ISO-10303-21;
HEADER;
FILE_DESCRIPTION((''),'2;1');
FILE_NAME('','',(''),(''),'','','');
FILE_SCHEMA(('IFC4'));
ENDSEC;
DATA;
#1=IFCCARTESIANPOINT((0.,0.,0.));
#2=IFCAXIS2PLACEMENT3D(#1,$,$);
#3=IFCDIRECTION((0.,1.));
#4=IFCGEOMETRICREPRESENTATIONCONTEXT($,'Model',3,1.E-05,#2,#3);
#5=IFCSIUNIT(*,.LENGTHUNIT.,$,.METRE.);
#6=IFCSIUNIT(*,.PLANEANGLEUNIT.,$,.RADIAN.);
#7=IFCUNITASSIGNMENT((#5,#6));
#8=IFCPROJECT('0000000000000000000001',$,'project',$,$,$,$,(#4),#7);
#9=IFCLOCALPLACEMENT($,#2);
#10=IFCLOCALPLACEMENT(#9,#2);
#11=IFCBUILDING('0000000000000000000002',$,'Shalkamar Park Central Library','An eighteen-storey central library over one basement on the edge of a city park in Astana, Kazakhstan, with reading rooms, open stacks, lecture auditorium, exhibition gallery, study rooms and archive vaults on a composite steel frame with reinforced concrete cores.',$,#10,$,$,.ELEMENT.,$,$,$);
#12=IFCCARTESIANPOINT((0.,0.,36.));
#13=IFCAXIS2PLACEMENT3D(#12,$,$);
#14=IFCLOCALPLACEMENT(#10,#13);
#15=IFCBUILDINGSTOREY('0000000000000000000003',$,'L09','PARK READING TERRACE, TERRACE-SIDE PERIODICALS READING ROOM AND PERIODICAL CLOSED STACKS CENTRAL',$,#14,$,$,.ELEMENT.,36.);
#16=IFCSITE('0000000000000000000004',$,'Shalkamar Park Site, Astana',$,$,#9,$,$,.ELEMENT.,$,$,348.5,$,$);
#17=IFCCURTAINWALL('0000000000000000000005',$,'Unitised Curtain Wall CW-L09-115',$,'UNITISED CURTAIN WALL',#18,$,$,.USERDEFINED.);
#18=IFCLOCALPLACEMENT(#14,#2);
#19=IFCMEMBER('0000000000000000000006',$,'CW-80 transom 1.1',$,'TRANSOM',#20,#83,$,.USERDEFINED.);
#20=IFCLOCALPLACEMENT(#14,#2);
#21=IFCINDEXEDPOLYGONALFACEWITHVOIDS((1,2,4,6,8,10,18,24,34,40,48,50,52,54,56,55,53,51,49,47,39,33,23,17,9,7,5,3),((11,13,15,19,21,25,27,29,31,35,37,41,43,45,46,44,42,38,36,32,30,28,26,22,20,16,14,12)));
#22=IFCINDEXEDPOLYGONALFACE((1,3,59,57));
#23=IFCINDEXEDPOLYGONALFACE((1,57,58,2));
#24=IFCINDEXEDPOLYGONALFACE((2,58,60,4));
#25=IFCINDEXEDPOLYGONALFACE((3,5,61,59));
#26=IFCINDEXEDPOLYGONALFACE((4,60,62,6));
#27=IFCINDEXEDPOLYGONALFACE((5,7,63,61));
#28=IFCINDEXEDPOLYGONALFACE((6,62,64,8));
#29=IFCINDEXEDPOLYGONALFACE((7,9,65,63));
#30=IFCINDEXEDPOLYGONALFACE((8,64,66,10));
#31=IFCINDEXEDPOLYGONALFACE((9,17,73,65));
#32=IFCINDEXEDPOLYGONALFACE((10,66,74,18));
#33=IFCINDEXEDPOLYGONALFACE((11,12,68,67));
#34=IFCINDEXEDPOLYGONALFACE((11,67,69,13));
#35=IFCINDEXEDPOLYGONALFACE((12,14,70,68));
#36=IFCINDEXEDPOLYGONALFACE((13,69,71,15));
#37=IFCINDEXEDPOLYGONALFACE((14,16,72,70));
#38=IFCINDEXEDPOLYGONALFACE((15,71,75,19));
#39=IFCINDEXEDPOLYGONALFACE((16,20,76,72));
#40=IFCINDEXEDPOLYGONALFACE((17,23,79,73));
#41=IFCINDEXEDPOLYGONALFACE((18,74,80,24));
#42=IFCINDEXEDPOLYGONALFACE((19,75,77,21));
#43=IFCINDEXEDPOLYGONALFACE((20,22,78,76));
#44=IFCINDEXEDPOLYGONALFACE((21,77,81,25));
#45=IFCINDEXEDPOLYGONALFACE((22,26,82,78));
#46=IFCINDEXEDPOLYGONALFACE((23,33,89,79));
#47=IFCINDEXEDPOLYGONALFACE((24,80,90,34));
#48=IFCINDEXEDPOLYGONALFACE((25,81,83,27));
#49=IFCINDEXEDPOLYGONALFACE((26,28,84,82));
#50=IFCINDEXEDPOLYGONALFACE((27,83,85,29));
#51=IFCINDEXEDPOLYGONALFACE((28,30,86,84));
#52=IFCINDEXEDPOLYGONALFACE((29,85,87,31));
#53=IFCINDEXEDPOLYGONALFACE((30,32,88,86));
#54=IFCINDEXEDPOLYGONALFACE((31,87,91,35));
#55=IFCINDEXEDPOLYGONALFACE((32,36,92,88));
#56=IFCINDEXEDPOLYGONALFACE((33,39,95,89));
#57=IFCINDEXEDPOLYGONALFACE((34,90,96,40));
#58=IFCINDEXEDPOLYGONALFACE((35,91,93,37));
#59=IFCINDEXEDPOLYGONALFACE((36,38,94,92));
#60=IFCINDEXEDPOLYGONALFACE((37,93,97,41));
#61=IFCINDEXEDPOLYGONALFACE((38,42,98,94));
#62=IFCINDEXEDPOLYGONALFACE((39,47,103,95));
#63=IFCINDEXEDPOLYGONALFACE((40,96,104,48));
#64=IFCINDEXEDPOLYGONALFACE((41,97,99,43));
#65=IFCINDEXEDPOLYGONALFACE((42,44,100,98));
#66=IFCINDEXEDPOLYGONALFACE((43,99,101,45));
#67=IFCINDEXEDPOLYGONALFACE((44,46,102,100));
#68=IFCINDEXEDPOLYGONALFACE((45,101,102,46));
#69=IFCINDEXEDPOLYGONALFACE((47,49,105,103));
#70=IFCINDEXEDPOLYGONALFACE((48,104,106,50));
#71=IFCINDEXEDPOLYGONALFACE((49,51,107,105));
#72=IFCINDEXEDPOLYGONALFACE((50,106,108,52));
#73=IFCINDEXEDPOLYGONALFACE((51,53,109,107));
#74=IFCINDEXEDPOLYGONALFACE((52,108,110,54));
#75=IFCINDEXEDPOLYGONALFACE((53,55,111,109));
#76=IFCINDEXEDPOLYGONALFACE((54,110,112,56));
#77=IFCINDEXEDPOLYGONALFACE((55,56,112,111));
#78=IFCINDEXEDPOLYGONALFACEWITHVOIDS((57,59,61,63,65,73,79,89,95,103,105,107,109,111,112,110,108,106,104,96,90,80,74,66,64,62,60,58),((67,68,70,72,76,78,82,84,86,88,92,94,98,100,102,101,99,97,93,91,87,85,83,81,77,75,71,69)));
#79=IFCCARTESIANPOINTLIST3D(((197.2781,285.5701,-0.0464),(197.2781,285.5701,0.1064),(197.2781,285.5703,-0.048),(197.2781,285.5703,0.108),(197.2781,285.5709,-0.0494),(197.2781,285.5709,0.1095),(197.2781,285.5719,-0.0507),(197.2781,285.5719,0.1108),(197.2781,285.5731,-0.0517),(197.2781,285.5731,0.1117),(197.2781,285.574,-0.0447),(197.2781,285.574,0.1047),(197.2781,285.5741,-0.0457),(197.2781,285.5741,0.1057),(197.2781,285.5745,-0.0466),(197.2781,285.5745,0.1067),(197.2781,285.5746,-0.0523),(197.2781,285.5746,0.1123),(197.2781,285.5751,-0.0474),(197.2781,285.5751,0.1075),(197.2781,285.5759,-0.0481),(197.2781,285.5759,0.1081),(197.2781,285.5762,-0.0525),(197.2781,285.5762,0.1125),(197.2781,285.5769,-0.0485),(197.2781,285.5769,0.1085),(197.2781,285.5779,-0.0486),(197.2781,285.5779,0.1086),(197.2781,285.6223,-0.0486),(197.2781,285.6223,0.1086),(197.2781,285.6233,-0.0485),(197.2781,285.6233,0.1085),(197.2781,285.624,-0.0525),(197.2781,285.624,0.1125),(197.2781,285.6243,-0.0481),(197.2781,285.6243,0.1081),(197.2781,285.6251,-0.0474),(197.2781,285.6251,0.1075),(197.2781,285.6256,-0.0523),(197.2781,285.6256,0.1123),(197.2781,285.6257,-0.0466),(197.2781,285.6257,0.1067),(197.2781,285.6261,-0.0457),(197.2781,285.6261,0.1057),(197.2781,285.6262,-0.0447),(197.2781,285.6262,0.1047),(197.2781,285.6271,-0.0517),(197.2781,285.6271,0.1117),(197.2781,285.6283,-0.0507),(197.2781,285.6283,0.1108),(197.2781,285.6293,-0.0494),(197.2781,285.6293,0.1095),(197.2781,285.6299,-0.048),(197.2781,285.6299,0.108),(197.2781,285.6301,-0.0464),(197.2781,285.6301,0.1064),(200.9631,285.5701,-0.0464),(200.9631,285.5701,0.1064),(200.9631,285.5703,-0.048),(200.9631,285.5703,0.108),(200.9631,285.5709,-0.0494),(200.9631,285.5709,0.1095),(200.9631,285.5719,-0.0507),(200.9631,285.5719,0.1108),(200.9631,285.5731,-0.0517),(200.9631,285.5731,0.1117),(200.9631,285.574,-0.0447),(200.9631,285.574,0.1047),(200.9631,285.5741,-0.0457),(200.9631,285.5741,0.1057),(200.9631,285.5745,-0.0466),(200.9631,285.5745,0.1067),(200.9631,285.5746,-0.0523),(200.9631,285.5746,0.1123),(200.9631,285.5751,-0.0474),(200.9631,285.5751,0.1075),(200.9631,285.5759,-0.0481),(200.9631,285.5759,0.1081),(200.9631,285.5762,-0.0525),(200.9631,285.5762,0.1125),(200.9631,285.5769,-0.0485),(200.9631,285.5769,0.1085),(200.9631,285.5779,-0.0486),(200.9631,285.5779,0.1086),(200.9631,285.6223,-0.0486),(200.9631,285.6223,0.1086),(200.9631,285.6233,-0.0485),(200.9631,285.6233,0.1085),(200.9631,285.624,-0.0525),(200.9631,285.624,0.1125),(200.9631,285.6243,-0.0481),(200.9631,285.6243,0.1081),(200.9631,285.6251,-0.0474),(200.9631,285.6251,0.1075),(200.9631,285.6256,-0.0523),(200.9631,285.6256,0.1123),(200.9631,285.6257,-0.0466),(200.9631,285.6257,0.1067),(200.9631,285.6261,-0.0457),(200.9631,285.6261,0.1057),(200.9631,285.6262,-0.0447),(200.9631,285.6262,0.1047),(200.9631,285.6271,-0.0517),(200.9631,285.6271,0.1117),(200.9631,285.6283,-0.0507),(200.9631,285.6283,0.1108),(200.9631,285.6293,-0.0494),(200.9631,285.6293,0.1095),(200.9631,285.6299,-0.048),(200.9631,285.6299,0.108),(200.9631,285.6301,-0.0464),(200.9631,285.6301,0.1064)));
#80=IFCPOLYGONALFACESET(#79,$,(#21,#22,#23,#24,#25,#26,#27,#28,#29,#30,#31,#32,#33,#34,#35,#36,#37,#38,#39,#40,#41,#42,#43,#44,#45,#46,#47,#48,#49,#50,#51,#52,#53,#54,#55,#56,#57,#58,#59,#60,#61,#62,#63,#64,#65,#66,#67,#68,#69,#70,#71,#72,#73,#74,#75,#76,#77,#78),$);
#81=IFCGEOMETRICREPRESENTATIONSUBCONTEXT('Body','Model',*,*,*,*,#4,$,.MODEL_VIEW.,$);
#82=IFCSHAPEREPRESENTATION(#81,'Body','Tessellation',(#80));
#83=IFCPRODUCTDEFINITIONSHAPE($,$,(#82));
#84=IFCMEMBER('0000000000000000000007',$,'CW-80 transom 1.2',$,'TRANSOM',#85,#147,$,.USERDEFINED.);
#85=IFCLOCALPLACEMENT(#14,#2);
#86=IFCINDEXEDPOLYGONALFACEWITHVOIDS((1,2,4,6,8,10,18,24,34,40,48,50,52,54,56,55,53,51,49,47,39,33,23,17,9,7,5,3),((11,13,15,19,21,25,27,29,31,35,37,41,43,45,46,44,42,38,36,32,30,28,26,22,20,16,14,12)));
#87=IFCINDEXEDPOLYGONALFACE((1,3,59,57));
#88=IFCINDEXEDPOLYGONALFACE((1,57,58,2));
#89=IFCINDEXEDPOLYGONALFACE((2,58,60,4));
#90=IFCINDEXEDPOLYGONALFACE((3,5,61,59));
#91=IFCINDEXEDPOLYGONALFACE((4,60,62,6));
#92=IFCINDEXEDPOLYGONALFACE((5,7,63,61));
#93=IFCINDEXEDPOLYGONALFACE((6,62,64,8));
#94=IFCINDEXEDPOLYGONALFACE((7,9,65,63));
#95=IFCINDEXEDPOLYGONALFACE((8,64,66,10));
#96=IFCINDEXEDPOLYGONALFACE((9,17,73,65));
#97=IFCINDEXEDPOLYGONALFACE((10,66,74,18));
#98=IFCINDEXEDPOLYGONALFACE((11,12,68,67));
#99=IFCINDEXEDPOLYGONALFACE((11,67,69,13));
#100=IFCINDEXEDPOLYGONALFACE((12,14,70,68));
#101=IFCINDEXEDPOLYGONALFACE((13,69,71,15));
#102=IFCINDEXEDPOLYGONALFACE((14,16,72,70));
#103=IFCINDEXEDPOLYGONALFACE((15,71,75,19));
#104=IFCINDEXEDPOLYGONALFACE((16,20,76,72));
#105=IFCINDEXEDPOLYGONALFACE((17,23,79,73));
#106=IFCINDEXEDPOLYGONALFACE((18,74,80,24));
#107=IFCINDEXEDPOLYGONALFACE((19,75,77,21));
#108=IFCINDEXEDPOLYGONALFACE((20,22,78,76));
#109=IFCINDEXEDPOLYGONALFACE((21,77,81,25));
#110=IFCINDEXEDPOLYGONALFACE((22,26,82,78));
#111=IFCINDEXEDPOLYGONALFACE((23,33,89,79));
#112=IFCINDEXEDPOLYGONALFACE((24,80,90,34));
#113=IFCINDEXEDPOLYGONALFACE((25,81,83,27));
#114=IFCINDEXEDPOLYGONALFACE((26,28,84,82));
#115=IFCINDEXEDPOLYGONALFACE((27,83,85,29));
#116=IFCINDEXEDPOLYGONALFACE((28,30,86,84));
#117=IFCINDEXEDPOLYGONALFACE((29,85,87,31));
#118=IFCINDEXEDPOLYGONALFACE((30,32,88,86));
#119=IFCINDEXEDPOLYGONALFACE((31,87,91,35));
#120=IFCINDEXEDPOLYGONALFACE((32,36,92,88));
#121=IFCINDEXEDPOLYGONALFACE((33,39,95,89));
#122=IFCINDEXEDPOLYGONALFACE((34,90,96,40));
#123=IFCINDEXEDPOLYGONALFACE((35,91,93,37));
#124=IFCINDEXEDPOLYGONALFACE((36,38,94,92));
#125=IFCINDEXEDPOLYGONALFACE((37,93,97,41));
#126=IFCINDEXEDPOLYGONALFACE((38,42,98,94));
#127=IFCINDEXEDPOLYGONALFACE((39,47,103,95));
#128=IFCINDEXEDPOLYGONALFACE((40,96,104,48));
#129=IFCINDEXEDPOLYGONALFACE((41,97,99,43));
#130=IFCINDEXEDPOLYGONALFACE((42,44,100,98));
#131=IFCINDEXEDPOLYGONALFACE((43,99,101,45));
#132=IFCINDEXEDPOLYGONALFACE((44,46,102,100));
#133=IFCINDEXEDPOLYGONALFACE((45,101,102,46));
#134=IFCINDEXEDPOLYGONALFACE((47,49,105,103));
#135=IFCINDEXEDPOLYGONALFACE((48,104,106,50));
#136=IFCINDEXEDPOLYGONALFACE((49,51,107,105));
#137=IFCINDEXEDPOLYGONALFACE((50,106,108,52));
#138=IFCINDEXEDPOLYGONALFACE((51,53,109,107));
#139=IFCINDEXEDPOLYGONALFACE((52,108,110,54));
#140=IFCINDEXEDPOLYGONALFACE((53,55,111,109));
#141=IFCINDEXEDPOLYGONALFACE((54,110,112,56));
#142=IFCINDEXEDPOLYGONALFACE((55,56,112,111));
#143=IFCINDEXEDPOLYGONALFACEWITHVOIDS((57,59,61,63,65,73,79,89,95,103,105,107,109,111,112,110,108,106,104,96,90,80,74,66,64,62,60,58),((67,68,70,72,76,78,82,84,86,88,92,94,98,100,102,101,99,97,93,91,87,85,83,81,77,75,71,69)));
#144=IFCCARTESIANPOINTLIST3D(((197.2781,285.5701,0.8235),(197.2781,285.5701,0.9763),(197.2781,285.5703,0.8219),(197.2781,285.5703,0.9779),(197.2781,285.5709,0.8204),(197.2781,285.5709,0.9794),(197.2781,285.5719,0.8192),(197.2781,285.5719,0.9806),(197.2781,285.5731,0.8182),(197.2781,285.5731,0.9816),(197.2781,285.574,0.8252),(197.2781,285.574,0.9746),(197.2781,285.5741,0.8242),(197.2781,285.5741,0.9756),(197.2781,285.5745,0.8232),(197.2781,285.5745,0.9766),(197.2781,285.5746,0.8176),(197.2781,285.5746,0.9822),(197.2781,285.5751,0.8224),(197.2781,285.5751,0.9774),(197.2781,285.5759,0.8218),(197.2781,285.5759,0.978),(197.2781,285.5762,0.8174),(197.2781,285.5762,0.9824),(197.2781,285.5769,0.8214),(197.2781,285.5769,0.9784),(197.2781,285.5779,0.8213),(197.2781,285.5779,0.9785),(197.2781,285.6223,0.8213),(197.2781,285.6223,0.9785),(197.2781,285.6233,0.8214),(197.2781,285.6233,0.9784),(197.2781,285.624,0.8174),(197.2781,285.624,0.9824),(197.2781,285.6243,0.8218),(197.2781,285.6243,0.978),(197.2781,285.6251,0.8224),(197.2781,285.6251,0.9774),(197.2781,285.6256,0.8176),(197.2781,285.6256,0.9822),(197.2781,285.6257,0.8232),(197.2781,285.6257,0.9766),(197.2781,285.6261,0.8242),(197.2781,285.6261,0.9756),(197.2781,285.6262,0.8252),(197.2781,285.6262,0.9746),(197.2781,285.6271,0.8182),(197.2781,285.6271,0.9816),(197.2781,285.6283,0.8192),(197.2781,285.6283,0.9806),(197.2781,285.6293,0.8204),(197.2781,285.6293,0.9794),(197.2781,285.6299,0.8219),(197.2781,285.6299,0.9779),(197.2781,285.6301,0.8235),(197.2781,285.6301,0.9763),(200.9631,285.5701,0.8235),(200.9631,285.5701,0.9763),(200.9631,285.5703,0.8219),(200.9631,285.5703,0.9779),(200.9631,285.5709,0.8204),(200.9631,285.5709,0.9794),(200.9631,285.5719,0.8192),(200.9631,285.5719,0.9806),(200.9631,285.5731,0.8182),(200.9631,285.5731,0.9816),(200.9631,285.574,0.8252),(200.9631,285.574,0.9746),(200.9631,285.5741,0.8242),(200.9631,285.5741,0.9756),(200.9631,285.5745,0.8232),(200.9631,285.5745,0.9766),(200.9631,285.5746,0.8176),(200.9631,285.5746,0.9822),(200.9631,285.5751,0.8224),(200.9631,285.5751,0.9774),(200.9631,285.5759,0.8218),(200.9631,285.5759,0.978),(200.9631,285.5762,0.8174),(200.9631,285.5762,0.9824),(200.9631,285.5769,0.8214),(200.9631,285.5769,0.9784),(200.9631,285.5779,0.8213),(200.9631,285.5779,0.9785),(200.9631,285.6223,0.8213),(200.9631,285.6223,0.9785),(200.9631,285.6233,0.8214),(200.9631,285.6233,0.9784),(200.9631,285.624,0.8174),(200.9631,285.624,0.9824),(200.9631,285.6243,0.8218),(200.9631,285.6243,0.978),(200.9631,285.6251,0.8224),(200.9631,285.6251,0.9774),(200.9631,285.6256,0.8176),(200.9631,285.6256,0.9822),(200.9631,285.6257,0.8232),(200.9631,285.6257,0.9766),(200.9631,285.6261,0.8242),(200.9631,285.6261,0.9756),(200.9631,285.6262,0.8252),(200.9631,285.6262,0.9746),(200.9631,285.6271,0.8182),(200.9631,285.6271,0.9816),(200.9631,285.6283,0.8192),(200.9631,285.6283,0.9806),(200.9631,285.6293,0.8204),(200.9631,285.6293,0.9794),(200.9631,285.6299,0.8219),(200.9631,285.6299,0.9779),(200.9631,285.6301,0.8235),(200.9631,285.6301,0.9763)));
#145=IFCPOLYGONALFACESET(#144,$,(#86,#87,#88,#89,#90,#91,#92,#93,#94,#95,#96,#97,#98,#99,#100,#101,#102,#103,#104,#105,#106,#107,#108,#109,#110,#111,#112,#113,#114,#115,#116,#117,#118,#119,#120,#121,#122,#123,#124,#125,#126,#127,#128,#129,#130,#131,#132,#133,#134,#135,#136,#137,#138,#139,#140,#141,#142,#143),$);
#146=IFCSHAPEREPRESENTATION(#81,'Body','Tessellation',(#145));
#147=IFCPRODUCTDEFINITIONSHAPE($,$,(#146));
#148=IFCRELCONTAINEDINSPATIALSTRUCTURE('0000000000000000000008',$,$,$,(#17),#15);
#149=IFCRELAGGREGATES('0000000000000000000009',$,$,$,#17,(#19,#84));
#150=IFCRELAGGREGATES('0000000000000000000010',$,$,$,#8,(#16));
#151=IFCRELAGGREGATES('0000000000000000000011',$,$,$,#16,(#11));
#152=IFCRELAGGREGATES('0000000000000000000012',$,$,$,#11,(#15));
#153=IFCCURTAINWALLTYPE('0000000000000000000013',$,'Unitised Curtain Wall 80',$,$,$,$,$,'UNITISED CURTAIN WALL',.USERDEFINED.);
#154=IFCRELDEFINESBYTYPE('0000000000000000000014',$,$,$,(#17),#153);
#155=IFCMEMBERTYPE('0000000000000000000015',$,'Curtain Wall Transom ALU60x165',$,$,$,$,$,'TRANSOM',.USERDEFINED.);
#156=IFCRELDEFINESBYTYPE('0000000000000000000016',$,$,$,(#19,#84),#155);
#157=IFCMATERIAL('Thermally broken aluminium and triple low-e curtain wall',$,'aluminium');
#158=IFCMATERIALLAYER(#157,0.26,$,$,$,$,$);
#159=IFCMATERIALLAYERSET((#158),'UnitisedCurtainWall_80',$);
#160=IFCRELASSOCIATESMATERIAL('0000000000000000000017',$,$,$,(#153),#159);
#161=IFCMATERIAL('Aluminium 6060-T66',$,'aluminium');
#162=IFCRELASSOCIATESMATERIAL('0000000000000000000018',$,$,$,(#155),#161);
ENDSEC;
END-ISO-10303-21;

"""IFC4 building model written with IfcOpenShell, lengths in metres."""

from ifc_helpers import new_model, si_unit, direction, frame, origin, origin_2d, place, context, subcontext, project, spatial, hollow_rectangle, extrude, material, layer, layer_set, material_profile, profile_set, type_object, element, aggregate, save


model = new_model("IFC4")

# Units and contexts
model_context = context("Model", 3, precision=1e-05, world=origin(), true_north=direction((0.0, 1.0)))
body_context = subcontext(model_context, "Body", "Model", "MODEL_VIEW")
ifc_project = project(units=[si_unit("LENGTHUNIT", "METRE"), si_unit("PLANEANGLEUNIT", "RADIAN")], contexts=[model_context])

# Site, building, storey
site_placement = place(None, origin())
site = spatial("IfcSite", under=ifc_project, at=site_placement, Name="Shalkamar Park Site, Astana", CompositionType="ELEMENT", RefElevation=348.5)
building_placement = place(site_placement, origin())
building = spatial("IfcBuilding", under=site, at=building_placement, Name="Shalkamar Park Central Library", Description="An eighteen-storey central library over one basement on the edge of a city park in Astana, Kazakhstan, with reading rooms, open stacks, lecture auditorium, exhibition gallery, study rooms and archive vaults on a composite steel frame with reinforced concrete cores.", CompositionType="ELEMENT")
storey_placement = place(building_placement, frame((0.0, 0.0, 36.0)))
storey = spatial("IfcBuildingStorey", under=building, at=storey_placement, Name="L09", Description="PARK READING TERRACE, TERRACE-SIDE PERIODICALS READING ROOM AND PERIODICAL CLOSED STACKS CENTRAL", CompositionType="ELEMENT", Elevation=36.0)

# Curtain wall
ifc_material_1 = material(Name="Thermally broken aluminium and triple low-e curtain wall", Category="aluminium")
ifc_material_2 = material(Name="Aluminium 6060-T66", Category="aluminium")
ifc_layer_1 = layer(ifc_material_1, 0.26)
ifc_layer_set_1 = layer_set([ifc_layer_1], Name="UnitisedCurtainWall_80")
curtain_wall_type_1 = type_object("IfcCurtainWallType", Name="Unitised Curtain Wall 80", ElementType="UNITISED CURTAIN WALL", PredefinedType="USERDEFINED", material=ifc_layer_set_1)
curtain_wall_1_placement = place(storey_placement, origin())
curtain_wall_1 = element("IfcCurtainWall", 1, at=curtain_wall_1_placement, inside=storey, type_object=curtain_wall_type_1, Name="Unitised Curtain Wall CW-L09-115", ObjectType="UNITISED CURTAIN WALL", PredefinedType="USERDEFINED")

# Members
ifc_material_profile_1 = material_profile(ifc_material_2, hollow_rectangle(XDim=0.0601, YDim=0.165, WallThickness=0.0039, InnerFilletRadius=0.0039, OuterFilletRadius=0.0061, at=origin_2d()), Name="ALU 60x165x4")
ifc_profile_set_1 = profile_set([ifc_material_profile_1], Name="Aluminium 6060-T66")
member_type_1 = type_object("IfcMemberType", Name="Curtain Wall Transom ALU60x165", ElementType="TRANSOM", PredefinedType="USERDEFINED", material=ifc_profile_set_1)
member_1_placement = place(storey_placement, frame((197.2781, 285.6001, 0.03), z_axis=(1.0, 0.0, 0.0), x_axis=(0.0, 1.0, 0.0)))
member_1 = element("IfcMember", 2, at=member_1_placement, type_object=member_type_1, Name="CW-80 transom 1.1", ObjectType="TRANSOM", PredefinedType="USERDEFINED", context=body_context, shape_type="SweptSolid", body=[
    extrude(hollow_rectangle(XDim=0.0601, YDim=0.165, WallThickness=0.0039, InnerFilletRadius=0.0039, OuterFilletRadius=0.0061, at=origin_2d()), origin(), (0.0, 0.0, 1.0), 3.6851),
])
member_2_placement = place(storey_placement, frame((197.2781, 285.6001, 0.8999), z_axis=(1.0, 0.0, 0.0), x_axis=(0.0, 1.0, 0.0)))
member_2 = element("IfcMember", 3, at=member_2_placement, type_object=member_type_1, Name="CW-80 transom 1.2", ObjectType="TRANSOM", PredefinedType="USERDEFINED", context=body_context, shape_type="SweptSolid", body=[
    extrude(hollow_rectangle(XDim=0.0601, YDim=0.165, WallThickness=0.0039, InnerFilletRadius=0.0039, OuterFilletRadius=0.0061, at=origin_2d()), origin(), (0.0, 0.0, 1.0), 3.6851),
])

aggregate(curtain_wall_1, [member_1, member_2])

save(model, "model.ifc")
